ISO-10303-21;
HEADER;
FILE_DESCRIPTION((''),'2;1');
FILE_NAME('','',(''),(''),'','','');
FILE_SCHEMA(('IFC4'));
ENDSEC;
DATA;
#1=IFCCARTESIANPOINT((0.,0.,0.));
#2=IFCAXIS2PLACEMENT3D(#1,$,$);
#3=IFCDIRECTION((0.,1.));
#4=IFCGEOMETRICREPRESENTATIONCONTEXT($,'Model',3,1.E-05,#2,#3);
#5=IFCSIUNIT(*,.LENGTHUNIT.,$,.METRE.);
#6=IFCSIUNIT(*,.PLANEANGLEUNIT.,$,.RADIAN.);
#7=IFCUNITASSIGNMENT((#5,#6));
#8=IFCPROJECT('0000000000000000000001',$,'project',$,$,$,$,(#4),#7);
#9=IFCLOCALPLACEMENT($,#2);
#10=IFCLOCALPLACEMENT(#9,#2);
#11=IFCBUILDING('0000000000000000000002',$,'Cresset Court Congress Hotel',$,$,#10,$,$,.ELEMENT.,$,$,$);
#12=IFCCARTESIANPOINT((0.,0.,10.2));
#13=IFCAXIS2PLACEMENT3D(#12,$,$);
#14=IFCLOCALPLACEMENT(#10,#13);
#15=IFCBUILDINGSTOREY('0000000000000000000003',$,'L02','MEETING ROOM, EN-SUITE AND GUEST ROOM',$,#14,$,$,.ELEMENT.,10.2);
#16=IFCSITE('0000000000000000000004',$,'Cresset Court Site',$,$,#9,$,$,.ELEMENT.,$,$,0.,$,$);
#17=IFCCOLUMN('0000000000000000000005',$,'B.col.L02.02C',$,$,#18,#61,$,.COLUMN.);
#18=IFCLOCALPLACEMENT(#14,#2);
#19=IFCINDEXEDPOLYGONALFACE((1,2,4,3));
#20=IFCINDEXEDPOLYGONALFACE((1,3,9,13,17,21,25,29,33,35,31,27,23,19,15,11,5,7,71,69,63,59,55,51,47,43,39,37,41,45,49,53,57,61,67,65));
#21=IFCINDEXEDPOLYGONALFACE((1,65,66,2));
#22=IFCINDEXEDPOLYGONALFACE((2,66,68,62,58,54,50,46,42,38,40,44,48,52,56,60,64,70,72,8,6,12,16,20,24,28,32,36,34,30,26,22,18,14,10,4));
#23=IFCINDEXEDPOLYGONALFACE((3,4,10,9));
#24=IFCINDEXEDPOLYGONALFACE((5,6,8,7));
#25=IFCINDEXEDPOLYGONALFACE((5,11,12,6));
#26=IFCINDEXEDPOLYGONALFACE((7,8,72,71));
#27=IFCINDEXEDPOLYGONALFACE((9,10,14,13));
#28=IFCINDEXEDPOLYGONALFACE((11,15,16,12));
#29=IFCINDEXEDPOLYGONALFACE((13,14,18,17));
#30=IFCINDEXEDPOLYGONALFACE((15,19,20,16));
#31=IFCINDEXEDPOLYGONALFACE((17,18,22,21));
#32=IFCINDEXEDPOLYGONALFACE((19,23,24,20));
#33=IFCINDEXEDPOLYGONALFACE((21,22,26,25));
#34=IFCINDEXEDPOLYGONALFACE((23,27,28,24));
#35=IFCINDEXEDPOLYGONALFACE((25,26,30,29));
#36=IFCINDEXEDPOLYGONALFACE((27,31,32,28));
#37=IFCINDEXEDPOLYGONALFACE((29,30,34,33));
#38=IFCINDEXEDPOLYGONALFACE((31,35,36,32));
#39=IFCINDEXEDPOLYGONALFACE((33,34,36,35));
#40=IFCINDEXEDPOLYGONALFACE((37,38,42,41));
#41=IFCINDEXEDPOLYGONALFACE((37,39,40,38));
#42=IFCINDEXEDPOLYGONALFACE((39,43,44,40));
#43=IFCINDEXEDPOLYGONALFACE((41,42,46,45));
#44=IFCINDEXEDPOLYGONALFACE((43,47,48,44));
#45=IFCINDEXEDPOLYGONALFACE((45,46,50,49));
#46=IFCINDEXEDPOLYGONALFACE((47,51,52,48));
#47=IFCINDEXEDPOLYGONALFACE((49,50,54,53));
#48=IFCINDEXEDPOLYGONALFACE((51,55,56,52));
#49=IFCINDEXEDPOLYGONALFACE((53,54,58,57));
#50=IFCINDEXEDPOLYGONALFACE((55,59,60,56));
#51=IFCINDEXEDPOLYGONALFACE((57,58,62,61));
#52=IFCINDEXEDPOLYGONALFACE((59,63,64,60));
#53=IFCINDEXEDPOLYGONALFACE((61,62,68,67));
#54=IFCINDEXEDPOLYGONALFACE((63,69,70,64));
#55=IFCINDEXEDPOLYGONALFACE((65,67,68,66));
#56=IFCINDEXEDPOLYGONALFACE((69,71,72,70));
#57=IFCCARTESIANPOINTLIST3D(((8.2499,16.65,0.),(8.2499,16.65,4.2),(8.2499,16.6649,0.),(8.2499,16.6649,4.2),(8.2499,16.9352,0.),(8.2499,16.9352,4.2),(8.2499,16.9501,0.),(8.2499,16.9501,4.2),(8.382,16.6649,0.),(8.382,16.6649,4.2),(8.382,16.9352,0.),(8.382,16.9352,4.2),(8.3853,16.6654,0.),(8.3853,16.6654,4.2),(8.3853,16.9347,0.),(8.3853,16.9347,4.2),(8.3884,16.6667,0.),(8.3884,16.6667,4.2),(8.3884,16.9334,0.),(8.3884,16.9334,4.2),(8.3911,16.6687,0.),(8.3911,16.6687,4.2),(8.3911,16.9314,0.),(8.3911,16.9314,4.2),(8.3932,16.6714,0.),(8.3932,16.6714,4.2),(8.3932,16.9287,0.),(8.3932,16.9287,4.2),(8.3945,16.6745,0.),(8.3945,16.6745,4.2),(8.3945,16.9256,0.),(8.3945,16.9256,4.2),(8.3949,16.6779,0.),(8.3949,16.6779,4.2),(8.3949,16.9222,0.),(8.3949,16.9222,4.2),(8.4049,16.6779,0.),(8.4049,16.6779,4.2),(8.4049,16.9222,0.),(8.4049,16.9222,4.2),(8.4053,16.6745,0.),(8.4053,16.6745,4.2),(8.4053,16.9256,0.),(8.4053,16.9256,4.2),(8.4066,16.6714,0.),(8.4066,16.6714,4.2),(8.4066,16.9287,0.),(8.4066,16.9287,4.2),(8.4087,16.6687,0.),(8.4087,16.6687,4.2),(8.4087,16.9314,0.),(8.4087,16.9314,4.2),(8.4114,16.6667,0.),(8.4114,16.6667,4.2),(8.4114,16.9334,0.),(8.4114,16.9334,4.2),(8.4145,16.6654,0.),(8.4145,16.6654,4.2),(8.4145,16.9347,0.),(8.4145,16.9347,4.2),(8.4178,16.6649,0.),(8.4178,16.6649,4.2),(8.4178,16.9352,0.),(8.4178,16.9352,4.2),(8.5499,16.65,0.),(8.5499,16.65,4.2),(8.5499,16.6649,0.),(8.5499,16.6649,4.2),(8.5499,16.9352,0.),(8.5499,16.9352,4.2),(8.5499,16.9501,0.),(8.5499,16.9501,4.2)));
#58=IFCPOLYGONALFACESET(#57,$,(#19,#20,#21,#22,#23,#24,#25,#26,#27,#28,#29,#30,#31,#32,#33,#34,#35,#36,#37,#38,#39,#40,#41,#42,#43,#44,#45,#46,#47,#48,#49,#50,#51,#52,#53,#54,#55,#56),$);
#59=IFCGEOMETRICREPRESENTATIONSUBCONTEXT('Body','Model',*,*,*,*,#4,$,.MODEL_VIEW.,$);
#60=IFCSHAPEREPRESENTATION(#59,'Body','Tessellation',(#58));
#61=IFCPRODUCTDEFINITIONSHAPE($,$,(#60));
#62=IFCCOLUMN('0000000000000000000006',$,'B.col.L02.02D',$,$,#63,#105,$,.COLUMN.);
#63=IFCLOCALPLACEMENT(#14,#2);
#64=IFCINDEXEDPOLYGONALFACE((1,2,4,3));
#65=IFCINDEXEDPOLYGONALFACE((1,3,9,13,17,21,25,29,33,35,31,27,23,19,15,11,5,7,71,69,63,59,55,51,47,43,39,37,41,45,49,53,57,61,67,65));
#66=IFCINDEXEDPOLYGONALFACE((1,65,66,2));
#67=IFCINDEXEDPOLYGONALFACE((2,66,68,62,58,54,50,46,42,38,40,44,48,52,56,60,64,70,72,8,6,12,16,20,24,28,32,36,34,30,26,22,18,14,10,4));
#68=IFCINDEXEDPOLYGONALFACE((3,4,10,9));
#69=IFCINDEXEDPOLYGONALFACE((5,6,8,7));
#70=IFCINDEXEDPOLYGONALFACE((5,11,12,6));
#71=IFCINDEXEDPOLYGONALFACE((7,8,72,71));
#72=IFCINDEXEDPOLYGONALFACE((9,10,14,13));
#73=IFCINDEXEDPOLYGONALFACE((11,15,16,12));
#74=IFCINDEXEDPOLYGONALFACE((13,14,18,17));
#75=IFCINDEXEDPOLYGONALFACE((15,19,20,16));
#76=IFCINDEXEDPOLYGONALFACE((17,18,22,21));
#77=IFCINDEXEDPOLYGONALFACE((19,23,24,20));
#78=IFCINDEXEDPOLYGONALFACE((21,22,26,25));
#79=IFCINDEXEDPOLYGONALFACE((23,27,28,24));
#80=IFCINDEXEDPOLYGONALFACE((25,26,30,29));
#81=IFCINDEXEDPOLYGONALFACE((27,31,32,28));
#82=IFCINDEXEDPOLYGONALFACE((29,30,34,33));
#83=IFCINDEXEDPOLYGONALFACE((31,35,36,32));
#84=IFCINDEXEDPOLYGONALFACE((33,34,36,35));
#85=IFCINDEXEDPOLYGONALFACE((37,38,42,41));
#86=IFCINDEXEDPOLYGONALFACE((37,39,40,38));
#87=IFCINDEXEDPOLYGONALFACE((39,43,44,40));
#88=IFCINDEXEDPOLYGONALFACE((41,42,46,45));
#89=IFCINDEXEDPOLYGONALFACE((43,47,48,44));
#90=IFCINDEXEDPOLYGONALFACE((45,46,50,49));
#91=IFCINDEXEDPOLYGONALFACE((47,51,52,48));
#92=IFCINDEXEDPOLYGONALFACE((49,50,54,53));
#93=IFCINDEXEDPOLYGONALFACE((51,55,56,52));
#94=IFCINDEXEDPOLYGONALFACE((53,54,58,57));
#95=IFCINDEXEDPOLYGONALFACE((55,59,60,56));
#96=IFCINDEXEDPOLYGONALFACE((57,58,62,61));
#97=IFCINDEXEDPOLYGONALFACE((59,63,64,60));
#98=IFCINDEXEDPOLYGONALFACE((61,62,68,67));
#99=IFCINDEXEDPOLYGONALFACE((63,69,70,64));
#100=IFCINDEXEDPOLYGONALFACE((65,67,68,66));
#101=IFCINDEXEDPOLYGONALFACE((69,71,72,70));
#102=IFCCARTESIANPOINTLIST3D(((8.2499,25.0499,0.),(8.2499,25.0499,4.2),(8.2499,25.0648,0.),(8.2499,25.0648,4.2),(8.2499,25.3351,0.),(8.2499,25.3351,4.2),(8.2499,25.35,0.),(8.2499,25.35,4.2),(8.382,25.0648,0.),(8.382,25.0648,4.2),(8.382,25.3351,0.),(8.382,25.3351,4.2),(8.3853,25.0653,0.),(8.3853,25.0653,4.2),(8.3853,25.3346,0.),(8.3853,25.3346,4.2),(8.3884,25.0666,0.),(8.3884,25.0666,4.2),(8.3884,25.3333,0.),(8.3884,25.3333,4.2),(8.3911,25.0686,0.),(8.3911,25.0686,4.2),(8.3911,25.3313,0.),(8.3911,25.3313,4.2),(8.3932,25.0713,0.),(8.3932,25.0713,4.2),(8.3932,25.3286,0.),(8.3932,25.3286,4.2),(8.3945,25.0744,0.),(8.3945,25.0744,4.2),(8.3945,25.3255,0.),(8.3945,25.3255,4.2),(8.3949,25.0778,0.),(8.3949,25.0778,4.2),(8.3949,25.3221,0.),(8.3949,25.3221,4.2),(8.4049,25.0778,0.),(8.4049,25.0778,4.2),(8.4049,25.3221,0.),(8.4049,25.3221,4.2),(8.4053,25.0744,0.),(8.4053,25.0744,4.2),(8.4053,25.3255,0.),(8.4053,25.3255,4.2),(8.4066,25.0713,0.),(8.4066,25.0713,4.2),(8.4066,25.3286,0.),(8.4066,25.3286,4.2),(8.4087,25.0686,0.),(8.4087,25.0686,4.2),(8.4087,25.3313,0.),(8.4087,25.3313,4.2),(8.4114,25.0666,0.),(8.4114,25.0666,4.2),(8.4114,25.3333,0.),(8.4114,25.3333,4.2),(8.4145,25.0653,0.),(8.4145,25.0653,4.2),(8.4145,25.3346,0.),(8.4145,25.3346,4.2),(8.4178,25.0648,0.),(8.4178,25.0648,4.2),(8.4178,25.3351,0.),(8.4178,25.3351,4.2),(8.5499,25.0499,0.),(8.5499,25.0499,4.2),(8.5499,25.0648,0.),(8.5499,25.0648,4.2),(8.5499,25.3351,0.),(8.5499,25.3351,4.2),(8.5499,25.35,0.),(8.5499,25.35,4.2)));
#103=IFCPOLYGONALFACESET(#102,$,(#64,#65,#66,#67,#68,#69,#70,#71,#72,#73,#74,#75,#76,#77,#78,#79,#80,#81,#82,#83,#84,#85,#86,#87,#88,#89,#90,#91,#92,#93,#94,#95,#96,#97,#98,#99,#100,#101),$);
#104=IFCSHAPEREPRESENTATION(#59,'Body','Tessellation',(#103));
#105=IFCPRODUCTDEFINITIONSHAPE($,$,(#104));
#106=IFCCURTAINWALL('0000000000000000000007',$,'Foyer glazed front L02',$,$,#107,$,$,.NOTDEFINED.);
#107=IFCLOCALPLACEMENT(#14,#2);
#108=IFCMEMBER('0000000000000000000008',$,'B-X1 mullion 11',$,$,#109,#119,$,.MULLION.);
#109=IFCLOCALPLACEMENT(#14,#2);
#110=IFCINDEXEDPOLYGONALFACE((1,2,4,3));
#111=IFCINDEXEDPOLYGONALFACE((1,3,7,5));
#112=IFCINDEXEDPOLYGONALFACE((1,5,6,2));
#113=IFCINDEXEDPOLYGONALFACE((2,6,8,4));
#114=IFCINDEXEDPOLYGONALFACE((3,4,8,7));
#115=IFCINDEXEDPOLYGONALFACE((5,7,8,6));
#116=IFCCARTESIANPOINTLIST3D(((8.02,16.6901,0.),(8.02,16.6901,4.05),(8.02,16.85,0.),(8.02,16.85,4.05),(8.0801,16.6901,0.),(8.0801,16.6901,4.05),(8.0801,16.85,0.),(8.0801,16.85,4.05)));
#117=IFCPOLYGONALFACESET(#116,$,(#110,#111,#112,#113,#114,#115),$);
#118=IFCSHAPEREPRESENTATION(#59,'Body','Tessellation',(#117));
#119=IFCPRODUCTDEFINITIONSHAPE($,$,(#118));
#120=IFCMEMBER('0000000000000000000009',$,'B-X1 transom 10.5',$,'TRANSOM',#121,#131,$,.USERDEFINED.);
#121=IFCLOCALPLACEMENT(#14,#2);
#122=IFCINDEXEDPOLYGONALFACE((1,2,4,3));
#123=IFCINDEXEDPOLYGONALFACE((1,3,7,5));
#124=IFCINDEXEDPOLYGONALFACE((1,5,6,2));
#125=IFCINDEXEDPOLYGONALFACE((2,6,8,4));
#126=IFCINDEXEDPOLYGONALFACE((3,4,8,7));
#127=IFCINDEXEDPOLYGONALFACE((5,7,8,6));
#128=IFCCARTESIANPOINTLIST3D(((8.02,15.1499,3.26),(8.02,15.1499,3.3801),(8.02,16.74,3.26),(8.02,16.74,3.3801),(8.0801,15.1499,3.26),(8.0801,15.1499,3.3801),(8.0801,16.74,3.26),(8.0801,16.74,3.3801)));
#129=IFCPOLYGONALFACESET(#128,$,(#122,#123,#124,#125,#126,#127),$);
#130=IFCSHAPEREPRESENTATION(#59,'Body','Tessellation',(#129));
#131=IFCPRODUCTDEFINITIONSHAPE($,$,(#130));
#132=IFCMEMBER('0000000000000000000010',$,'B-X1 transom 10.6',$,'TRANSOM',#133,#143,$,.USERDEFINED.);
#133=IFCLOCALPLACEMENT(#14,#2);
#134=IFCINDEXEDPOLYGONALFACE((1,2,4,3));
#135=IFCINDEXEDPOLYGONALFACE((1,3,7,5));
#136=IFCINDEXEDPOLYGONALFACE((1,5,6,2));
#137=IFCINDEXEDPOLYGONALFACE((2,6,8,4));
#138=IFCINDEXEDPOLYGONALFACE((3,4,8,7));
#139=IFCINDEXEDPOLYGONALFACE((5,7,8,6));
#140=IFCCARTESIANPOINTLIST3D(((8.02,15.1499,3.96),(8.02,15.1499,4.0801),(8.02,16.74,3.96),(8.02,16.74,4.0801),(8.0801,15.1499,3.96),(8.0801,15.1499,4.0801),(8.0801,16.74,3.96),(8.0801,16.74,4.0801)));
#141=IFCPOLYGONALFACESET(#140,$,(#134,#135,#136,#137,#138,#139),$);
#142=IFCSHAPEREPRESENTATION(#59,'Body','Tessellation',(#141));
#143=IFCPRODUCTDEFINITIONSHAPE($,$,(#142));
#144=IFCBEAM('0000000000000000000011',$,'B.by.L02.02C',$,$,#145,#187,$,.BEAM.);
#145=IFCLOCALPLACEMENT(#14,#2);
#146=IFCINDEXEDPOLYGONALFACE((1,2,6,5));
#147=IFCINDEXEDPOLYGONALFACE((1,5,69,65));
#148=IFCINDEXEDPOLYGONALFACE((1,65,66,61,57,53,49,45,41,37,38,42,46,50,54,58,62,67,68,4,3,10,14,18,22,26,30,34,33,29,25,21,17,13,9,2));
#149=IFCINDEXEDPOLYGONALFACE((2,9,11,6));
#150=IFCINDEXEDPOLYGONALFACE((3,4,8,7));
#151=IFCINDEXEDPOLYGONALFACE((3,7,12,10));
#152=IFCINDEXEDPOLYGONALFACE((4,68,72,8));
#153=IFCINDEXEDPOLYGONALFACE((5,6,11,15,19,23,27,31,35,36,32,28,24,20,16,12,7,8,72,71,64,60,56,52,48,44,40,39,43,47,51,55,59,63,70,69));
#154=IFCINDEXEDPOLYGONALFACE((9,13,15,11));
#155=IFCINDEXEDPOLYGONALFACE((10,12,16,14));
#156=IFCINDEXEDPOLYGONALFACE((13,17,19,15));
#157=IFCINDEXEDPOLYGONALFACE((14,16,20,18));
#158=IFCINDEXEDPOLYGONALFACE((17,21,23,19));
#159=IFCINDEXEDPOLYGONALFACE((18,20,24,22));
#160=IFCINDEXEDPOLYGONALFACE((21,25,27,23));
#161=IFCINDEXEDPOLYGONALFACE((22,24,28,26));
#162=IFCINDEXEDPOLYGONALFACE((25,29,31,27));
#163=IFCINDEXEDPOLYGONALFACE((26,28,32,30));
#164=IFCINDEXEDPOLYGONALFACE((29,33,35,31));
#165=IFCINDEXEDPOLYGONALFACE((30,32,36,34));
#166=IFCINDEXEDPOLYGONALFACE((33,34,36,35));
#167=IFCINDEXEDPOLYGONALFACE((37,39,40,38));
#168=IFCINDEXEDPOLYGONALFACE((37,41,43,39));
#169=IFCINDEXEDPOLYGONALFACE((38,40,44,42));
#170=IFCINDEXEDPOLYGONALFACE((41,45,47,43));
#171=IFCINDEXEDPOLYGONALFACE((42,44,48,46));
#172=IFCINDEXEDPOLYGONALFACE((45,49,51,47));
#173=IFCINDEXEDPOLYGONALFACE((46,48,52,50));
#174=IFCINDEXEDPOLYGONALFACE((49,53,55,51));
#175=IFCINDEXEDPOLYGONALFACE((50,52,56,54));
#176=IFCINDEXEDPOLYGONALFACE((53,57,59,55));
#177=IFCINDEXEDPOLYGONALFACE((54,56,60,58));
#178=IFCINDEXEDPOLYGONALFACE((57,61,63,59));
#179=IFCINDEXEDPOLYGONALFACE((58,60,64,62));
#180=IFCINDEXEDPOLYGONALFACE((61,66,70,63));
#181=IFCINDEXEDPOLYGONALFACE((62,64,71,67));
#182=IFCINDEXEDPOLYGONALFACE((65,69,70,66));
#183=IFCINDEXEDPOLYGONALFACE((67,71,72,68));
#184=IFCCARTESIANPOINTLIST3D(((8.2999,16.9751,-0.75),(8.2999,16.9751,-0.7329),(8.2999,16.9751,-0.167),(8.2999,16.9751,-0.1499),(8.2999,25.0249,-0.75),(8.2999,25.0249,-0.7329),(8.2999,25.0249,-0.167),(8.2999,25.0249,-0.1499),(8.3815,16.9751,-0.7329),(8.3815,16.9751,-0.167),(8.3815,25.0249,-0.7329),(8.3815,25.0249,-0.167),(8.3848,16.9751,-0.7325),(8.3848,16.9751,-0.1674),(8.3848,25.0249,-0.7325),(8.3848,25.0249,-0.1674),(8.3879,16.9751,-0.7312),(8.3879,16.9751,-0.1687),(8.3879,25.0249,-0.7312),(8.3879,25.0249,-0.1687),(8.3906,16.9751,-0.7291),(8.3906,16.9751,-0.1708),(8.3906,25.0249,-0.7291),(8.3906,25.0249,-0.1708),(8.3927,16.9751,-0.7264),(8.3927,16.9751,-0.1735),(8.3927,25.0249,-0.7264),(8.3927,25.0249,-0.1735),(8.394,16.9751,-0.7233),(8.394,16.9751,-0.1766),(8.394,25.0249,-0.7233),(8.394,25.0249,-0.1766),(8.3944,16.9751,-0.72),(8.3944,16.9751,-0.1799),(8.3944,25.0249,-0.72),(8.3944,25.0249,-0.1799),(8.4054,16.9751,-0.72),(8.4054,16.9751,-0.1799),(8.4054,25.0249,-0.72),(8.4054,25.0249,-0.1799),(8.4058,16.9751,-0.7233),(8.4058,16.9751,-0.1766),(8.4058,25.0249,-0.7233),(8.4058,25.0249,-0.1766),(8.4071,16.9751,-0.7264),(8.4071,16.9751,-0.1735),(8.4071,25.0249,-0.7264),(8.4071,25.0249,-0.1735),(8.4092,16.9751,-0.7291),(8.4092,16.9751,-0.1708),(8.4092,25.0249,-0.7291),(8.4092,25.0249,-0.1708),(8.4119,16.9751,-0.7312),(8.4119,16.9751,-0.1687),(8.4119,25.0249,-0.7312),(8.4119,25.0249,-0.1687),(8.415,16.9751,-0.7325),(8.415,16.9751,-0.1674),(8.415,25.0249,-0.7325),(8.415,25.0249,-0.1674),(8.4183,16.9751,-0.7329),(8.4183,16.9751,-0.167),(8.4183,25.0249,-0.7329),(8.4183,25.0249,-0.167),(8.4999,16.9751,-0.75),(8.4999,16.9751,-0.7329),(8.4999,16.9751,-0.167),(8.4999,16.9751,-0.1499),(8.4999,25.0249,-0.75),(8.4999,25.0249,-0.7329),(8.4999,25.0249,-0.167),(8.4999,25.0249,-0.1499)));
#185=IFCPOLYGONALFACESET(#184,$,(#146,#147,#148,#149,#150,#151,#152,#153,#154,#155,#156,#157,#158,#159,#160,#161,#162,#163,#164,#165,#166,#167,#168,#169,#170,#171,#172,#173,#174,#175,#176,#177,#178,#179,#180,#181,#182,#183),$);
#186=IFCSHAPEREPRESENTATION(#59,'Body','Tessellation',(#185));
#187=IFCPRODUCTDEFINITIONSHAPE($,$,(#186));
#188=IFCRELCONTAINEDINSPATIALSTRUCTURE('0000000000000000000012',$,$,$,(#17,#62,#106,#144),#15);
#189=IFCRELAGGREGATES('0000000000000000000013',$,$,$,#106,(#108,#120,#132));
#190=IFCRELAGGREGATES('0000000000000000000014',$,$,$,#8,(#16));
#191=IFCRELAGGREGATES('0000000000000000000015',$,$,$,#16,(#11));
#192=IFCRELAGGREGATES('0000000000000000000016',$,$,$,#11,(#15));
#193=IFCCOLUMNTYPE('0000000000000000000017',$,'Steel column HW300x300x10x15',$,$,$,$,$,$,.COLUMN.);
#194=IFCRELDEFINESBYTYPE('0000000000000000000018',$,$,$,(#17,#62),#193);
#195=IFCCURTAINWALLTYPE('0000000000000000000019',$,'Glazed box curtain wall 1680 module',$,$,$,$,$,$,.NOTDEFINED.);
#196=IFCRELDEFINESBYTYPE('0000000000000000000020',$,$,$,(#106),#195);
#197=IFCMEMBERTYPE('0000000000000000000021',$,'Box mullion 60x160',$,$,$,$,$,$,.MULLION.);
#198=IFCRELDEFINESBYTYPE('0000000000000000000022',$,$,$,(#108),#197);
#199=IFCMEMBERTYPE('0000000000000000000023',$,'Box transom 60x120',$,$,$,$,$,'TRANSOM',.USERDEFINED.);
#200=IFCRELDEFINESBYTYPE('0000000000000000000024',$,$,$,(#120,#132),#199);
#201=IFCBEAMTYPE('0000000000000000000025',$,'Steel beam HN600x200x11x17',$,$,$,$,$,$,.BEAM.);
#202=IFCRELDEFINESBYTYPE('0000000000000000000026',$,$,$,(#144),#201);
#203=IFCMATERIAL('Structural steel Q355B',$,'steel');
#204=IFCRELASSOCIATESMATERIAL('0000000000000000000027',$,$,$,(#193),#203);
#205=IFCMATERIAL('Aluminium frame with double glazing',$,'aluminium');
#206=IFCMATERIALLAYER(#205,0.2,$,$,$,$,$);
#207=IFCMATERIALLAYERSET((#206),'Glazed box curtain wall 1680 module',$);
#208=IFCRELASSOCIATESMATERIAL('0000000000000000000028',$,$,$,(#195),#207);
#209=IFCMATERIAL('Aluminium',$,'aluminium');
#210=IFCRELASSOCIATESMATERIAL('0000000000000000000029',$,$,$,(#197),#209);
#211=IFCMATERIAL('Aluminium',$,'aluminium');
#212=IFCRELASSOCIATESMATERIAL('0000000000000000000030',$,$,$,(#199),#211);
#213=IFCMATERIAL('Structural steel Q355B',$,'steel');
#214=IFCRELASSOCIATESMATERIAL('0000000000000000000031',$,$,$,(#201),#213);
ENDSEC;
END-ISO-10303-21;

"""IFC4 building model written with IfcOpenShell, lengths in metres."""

from ifc_helpers import new_model, si_unit, direction, frame, origin, origin_2d, place, context, subcontext, project, spatial, rectangle, i_section, extrude, material, layer, layer_set, material_profile, profile_set, type_object, element, aggregate, save


model = new_model("IFC4")

# Units and contexts
model_context = context("Model", 3, precision=1e-05, world=origin(), true_north=direction((0.0, 1.0)))
body_context = subcontext(model_context, "Body", "Model", "MODEL_VIEW")
ifc_project = project(units=[si_unit("LENGTHUNIT", "METRE"), si_unit("PLANEANGLEUNIT", "RADIAN")], contexts=[model_context])

# Site, building, storey
site_placement = place(None, origin())
site = spatial("IfcSite", under=ifc_project, at=site_placement, Name="Cresset Court Site", CompositionType="ELEMENT", RefElevation=0.0)
building_placement = place(site_placement, origin())
building = spatial("IfcBuilding", under=site, at=building_placement, Name="Cresset Court Congress Hotel", CompositionType="ELEMENT")
storey_placement = place(building_placement, frame((0.0, 0.0, 10.2)))
storey = spatial("IfcBuildingStorey", under=building, at=storey_placement, Name="L02", Description="MEETING ROOM, EN-SUITE AND GUEST ROOM", CompositionType="ELEMENT", Elevation=10.2)

# Columns
ifc_material_1 = material(Name="Structural steel Q355B", Category="steel")
ifc_material_profile_1 = material_profile(ifc_material_1, i_section(OverallWidth=0.3, OverallDepth=0.3, WebThickness=0.01, FlangeThickness=0.0149, FilletRadius=0.0129, at=origin_2d()), Name="HW300x300x10x15")
ifc_profile_set_1 = profile_set([ifc_material_profile_1], Name="Structural steel Q355B")
column_type = type_object("IfcColumnType", Name="Steel column HW300x300x10x15", PredefinedType="COLUMN", material=ifc_profile_set_1)
for number, where, z_axis, x_axis, name in (
    (1, (8.3999, 16.8, 0.0), (0.0, 0.0, 1.0), (1.0, 0.0, 0.0), "B.col.L02.02C"),
    (2, (8.3999, 25.2, 0.0), (0.0, 0.0, 1.0), (1.0, 0.0, 0.0), "B.col.L02.02D"),
):
    element("IfcColumn", number, at=place(storey_placement, frame(where, z_axis=z_axis, x_axis=x_axis)), inside=storey, type_object=column_type, Name=name, PredefinedType="COLUMN", context=body_context, shape_type="SweptSolid", body=[
        extrude(i_section(OverallWidth=0.3, OverallDepth=0.3, WebThickness=0.01, FlangeThickness=0.0149, FilletRadius=0.0129, at=origin_2d()), origin(), (0.0, 0.0, 1.0), 4.2),
    ])

# Curtain wall, members
ifc_material_2 = material(Name="Aluminium frame with double glazing", Category="aluminium")
ifc_layer_1 = layer(ifc_material_2, 0.2)
ifc_layer_set_1 = layer_set([ifc_layer_1], Name="Glazed box curtain wall 1680 module")
curtain_wall_type = type_object("IfcCurtainWallType", Name="Glazed box curtain wall 1680 module", PredefinedType="NOTDEFINED", material=ifc_layer_set_1)
curtain_wall_placement = place(storey_placement, origin())
curtain_wall = element("IfcCurtainWall", 3, at=curtain_wall_placement, inside=storey, type_object=curtain_wall_type, Name="Foyer glazed front L02", PredefinedType="NOTDEFINED")
ifc_material_3 = material(Name="Aluminium", Category="aluminium")
ifc_material_profile_2 = material_profile(ifc_material_3, rectangle(XDim=0.0601, YDim=0.1599, at=origin_2d()), Name="Box mullion 60x160")
ifc_profile_set_2 = profile_set([ifc_material_profile_2], Name="Aluminium")
member_type_1 = type_object("IfcMemberType", Name="Box mullion 60x160", PredefinedType="MULLION", material=ifc_profile_set_2)
member_1_placement = place(storey_placement, frame((8.05, 16.77, 0.0), z_axis=(0.0, 0.0, 1.0), x_axis=(-1.0, 0.0, 0.0)))
member_1 = element("IfcMember", 4, at=member_1_placement, type_object=member_type_1, Name="B-X1 mullion 11", PredefinedType="MULLION", context=body_context, shape_type="SweptSolid", body=[
    extrude(rectangle(XDim=0.0601, YDim=0.1599, at=origin_2d()), origin(), (0.0, 0.0, 1.0), 4.05),
])
ifc_material_4 = material(Name="Aluminium", Category="aluminium")
ifc_material_profile_3 = material_profile(ifc_material_4, rectangle(XDim=0.0601, YDim=0.1201, at=origin_2d()), Name="Box transom 60x120")
ifc_profile_set_3 = profile_set([ifc_material_profile_3], Name="Aluminium")
member_type_2 = type_object("IfcMemberType", Name="Box transom 60x120", ElementType="TRANSOM", PredefinedType="USERDEFINED", material=ifc_profile_set_3)
member_2_placement = place(storey_placement, frame((8.05, 15.1499, 3.3201), z_axis=(0.0, 1.0, 0.0), x_axis=(-1.0, 0.0, 0.0)))
member_2 = element("IfcMember", 5, at=member_2_placement, type_object=member_type_2, Name="B-X1 transom 10.5", ObjectType="TRANSOM", PredefinedType="USERDEFINED", context=body_context, shape_type="SweptSolid", body=[
    extrude(rectangle(XDim=0.0601, YDim=0.1201, at=origin_2d()), origin(), (0.0, 0.0, 1.0), 1.5901),
])
member_3_placement = place(storey_placement, frame((8.05, 15.1499, 4.02), z_axis=(0.0, 1.0, 0.0), x_axis=(-1.0, 0.0, 0.0)))
member_3 = element("IfcMember", 6, at=member_3_placement, type_object=member_type_2, Name="B-X1 transom 10.6", ObjectType="TRANSOM", PredefinedType="USERDEFINED", context=body_context, shape_type="SweptSolid", body=[
    extrude(rectangle(XDim=0.0601, YDim=0.1201, at=origin_2d()), origin(), (0.0, 0.0, 1.0), 1.5901),
])

# Beam
ifc_material_5 = material(Name="Structural steel Q355B", Category="steel")
ifc_material_profile_4 = material_profile(ifc_material_5, i_section(OverallWidth=0.2, OverallDepth=0.6001, WebThickness=0.011, FlangeThickness=0.0171, FilletRadius=0.0129, at=origin_2d()), Name="HN600x200x11x17")
ifc_profile_set_4 = profile_set([ifc_material_profile_4], Name="Structural steel Q355B")
beam_type = type_object("IfcBeamType", Name="Steel beam HN600x200x11x17", PredefinedType="BEAM", material=ifc_profile_set_4)
beam_placement = place(storey_placement, frame((8.3999, 16.9751, -0.45), z_axis=(0.0, 1.0, 0.0), x_axis=(-1.0, 0.0, 0.0)))
element("IfcBeam", 7, at=beam_placement, inside=storey, type_object=beam_type, Name="B.by.L02.02C", PredefinedType="BEAM", context=body_context, shape_type="SweptSolid", body=[
    extrude(i_section(OverallWidth=0.2, OverallDepth=0.6001, WebThickness=0.011, FlangeThickness=0.0171, FilletRadius=0.0129, at=origin_2d()), origin(), (0.0, 0.0, 1.0), 8.0498),
])

aggregate(curtain_wall, [member_1, member_2, member_3])

save(model, "model.ifc")
